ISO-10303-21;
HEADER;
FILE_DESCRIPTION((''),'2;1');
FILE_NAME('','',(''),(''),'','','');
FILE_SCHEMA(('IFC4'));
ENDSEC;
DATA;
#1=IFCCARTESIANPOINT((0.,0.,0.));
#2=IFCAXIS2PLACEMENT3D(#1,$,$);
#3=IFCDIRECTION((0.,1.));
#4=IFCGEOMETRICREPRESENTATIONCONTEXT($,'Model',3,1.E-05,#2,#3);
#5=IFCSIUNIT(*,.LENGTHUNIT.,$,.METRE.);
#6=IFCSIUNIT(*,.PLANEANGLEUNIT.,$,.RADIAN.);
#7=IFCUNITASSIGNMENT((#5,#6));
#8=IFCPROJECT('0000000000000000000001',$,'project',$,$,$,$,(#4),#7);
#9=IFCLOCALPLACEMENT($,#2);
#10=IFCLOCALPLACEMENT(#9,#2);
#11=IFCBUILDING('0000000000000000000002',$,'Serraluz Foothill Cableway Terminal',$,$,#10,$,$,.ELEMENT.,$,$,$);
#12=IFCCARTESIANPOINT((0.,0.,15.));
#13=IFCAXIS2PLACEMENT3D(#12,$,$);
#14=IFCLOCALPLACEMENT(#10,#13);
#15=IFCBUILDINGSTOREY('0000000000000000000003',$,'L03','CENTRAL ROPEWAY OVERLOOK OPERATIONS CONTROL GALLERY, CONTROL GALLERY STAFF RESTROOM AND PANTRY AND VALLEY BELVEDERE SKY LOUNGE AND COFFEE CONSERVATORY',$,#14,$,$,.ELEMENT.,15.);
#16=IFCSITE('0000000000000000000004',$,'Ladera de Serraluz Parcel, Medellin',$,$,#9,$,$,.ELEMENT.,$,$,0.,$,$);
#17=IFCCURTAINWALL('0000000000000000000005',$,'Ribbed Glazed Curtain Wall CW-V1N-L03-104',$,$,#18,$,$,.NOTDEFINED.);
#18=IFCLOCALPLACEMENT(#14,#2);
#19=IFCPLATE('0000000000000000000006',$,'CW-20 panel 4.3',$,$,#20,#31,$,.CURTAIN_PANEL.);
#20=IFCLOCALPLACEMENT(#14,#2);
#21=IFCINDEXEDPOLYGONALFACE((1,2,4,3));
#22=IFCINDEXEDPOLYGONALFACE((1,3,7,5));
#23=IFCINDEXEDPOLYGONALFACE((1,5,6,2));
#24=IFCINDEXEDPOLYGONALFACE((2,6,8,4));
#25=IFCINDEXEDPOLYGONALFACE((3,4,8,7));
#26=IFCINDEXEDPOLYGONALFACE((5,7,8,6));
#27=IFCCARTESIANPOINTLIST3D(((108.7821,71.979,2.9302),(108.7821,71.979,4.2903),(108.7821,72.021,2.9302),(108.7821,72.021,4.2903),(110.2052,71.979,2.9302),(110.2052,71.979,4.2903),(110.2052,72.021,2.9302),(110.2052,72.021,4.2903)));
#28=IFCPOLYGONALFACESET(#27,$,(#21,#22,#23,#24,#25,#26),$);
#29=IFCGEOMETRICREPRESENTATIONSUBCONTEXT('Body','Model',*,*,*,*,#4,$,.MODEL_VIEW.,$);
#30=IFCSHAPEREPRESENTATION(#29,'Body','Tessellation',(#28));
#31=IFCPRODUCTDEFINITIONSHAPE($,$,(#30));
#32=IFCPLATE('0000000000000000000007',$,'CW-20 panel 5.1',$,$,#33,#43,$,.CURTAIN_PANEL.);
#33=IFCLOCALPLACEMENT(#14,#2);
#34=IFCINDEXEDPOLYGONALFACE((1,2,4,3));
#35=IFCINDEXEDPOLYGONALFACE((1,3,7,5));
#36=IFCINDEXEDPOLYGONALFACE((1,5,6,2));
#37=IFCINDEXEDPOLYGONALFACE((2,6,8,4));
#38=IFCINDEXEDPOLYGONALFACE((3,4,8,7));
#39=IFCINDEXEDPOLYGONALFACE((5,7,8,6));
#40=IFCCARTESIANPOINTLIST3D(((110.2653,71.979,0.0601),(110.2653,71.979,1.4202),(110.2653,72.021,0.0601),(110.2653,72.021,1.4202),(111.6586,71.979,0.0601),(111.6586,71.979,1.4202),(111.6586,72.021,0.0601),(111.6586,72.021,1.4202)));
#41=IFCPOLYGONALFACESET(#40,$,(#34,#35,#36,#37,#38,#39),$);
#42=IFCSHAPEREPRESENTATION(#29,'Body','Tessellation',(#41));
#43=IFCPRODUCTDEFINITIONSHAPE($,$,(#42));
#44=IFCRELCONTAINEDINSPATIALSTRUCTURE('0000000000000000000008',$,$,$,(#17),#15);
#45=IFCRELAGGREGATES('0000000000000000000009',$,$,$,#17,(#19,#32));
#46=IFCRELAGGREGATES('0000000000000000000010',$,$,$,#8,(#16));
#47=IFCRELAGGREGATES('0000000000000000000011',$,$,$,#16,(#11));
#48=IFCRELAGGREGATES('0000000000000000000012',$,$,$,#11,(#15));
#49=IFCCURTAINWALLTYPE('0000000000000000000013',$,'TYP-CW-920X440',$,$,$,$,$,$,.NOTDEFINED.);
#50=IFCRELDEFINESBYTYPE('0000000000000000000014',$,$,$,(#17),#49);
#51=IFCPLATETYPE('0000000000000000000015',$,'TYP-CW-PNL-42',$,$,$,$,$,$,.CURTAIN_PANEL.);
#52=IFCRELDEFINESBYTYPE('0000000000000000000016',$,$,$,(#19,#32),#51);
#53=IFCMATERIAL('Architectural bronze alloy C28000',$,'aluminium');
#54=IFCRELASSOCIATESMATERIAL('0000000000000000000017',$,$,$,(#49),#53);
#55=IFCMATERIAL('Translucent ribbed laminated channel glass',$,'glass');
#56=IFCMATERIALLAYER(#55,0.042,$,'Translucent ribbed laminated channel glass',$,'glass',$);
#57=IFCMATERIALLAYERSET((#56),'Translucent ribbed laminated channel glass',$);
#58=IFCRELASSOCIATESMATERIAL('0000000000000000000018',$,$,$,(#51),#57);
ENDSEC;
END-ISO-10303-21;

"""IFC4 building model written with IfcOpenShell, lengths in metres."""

from ifc_helpers import new_model, si_unit, direction, frame, origin, origin_2d, place, context, subcontext, project, spatial, rectangle, extrude, material, layer, layer_set, type_object, element, aggregate, save


model = new_model("IFC4")

# Units and contexts
model_context = context("Model", 3, precision=1e-05, world=origin(), true_north=direction((0.0, 1.0)))
body_context = subcontext(model_context, "Body", "Model", "MODEL_VIEW")
ifc_project = project(units=[si_unit("LENGTHUNIT", "METRE"), si_unit("PLANEANGLEUNIT", "RADIAN")], contexts=[model_context])

# Site, building, storey
site_placement = place(None, origin())
site = spatial("IfcSite", under=ifc_project, at=site_placement, Name="Ladera de Serraluz Parcel, Medellin", CompositionType="ELEMENT", RefElevation=0.0)
building_placement = place(site_placement, origin())
building = spatial("IfcBuilding", under=site, at=building_placement, Name="Serraluz Foothill Cableway Terminal", CompositionType="ELEMENT")
storey_placement = place(building_placement, frame((0.0, 0.0, 15.0)))
storey = spatial("IfcBuildingStorey", under=building, at=storey_placement, Name="L03", Description="CENTRAL ROPEWAY OVERLOOK OPERATIONS CONTROL GALLERY, CONTROL GALLERY STAFF RESTROOM AND PANTRY AND VALLEY BELVEDERE SKY LOUNGE AND COFFEE CONSERVATORY", CompositionType="ELEMENT", Elevation=15.0)

# Curtain wall
ifc_material_1 = material(Name="Architectural bronze alloy C28000", Category="aluminium")
curtain_wall_type = type_object("IfcCurtainWallType", Name="TYP-CW-920X440", PredefinedType="NOTDEFINED", material=ifc_material_1)
curtain_wall_placement = place(storey_placement, origin())
curtain_wall = element("IfcCurtainWall", 1, at=curtain_wall_placement, inside=storey, type_object=curtain_wall_type, Name="Ribbed Glazed Curtain Wall CW-V1N-L03-104", PredefinedType="NOTDEFINED")

# Plates
ifc_material_2 = material(Name="Translucent ribbed laminated channel glass", Category="glass")
ifc_layer = layer(ifc_material_2, 0.042, Name="Translucent ribbed laminated channel glass", Category="glass")
ifc_layer_set = layer_set([ifc_layer], Name="Translucent ribbed laminated channel glass")
plate_type = type_object("IfcPlateType", Name="TYP-CW-PNL-42", PredefinedType="CURTAIN_PANEL", material=ifc_layer_set)
plate_1_placement = place(storey_placement, frame((109.4937, 72.0, 2.9302), z_axis=(0.0, 0.0, 1.0), x_axis=(1.0, 0.0, 0.0)))
plate_1 = element("IfcPlate", 2, at=plate_1_placement, type_object=plate_type, Name="CW-20 panel 4.3", PredefinedType="CURTAIN_PANEL", context=body_context, shape_type="SweptSolid", body=[
    extrude(rectangle(XDim=1.4231, YDim=0.042, at=origin_2d()), origin(), (0.0, 0.0, 1.0), 1.3601),
])
plate_2_placement = place(storey_placement, frame((110.9619, 72.0, 0.0601), z_axis=(0.0, 0.0, 1.0), x_axis=(1.0, 0.0, 0.0)))
plate_2 = element("IfcPlate", 3, at=plate_2_placement, type_object=plate_type, Name="CW-20 panel 5.1", PredefinedType="CURTAIN_PANEL", context=body_context, shape_type="SweptSolid", body=[
    extrude(rectangle(XDim=1.3933, YDim=0.042, at=origin_2d()), origin(), (0.0, 0.0, 1.0), 1.3601),
])
aggregate(curtain_wall, [plate_1, plate_2])

save(model, "model.ifc")
